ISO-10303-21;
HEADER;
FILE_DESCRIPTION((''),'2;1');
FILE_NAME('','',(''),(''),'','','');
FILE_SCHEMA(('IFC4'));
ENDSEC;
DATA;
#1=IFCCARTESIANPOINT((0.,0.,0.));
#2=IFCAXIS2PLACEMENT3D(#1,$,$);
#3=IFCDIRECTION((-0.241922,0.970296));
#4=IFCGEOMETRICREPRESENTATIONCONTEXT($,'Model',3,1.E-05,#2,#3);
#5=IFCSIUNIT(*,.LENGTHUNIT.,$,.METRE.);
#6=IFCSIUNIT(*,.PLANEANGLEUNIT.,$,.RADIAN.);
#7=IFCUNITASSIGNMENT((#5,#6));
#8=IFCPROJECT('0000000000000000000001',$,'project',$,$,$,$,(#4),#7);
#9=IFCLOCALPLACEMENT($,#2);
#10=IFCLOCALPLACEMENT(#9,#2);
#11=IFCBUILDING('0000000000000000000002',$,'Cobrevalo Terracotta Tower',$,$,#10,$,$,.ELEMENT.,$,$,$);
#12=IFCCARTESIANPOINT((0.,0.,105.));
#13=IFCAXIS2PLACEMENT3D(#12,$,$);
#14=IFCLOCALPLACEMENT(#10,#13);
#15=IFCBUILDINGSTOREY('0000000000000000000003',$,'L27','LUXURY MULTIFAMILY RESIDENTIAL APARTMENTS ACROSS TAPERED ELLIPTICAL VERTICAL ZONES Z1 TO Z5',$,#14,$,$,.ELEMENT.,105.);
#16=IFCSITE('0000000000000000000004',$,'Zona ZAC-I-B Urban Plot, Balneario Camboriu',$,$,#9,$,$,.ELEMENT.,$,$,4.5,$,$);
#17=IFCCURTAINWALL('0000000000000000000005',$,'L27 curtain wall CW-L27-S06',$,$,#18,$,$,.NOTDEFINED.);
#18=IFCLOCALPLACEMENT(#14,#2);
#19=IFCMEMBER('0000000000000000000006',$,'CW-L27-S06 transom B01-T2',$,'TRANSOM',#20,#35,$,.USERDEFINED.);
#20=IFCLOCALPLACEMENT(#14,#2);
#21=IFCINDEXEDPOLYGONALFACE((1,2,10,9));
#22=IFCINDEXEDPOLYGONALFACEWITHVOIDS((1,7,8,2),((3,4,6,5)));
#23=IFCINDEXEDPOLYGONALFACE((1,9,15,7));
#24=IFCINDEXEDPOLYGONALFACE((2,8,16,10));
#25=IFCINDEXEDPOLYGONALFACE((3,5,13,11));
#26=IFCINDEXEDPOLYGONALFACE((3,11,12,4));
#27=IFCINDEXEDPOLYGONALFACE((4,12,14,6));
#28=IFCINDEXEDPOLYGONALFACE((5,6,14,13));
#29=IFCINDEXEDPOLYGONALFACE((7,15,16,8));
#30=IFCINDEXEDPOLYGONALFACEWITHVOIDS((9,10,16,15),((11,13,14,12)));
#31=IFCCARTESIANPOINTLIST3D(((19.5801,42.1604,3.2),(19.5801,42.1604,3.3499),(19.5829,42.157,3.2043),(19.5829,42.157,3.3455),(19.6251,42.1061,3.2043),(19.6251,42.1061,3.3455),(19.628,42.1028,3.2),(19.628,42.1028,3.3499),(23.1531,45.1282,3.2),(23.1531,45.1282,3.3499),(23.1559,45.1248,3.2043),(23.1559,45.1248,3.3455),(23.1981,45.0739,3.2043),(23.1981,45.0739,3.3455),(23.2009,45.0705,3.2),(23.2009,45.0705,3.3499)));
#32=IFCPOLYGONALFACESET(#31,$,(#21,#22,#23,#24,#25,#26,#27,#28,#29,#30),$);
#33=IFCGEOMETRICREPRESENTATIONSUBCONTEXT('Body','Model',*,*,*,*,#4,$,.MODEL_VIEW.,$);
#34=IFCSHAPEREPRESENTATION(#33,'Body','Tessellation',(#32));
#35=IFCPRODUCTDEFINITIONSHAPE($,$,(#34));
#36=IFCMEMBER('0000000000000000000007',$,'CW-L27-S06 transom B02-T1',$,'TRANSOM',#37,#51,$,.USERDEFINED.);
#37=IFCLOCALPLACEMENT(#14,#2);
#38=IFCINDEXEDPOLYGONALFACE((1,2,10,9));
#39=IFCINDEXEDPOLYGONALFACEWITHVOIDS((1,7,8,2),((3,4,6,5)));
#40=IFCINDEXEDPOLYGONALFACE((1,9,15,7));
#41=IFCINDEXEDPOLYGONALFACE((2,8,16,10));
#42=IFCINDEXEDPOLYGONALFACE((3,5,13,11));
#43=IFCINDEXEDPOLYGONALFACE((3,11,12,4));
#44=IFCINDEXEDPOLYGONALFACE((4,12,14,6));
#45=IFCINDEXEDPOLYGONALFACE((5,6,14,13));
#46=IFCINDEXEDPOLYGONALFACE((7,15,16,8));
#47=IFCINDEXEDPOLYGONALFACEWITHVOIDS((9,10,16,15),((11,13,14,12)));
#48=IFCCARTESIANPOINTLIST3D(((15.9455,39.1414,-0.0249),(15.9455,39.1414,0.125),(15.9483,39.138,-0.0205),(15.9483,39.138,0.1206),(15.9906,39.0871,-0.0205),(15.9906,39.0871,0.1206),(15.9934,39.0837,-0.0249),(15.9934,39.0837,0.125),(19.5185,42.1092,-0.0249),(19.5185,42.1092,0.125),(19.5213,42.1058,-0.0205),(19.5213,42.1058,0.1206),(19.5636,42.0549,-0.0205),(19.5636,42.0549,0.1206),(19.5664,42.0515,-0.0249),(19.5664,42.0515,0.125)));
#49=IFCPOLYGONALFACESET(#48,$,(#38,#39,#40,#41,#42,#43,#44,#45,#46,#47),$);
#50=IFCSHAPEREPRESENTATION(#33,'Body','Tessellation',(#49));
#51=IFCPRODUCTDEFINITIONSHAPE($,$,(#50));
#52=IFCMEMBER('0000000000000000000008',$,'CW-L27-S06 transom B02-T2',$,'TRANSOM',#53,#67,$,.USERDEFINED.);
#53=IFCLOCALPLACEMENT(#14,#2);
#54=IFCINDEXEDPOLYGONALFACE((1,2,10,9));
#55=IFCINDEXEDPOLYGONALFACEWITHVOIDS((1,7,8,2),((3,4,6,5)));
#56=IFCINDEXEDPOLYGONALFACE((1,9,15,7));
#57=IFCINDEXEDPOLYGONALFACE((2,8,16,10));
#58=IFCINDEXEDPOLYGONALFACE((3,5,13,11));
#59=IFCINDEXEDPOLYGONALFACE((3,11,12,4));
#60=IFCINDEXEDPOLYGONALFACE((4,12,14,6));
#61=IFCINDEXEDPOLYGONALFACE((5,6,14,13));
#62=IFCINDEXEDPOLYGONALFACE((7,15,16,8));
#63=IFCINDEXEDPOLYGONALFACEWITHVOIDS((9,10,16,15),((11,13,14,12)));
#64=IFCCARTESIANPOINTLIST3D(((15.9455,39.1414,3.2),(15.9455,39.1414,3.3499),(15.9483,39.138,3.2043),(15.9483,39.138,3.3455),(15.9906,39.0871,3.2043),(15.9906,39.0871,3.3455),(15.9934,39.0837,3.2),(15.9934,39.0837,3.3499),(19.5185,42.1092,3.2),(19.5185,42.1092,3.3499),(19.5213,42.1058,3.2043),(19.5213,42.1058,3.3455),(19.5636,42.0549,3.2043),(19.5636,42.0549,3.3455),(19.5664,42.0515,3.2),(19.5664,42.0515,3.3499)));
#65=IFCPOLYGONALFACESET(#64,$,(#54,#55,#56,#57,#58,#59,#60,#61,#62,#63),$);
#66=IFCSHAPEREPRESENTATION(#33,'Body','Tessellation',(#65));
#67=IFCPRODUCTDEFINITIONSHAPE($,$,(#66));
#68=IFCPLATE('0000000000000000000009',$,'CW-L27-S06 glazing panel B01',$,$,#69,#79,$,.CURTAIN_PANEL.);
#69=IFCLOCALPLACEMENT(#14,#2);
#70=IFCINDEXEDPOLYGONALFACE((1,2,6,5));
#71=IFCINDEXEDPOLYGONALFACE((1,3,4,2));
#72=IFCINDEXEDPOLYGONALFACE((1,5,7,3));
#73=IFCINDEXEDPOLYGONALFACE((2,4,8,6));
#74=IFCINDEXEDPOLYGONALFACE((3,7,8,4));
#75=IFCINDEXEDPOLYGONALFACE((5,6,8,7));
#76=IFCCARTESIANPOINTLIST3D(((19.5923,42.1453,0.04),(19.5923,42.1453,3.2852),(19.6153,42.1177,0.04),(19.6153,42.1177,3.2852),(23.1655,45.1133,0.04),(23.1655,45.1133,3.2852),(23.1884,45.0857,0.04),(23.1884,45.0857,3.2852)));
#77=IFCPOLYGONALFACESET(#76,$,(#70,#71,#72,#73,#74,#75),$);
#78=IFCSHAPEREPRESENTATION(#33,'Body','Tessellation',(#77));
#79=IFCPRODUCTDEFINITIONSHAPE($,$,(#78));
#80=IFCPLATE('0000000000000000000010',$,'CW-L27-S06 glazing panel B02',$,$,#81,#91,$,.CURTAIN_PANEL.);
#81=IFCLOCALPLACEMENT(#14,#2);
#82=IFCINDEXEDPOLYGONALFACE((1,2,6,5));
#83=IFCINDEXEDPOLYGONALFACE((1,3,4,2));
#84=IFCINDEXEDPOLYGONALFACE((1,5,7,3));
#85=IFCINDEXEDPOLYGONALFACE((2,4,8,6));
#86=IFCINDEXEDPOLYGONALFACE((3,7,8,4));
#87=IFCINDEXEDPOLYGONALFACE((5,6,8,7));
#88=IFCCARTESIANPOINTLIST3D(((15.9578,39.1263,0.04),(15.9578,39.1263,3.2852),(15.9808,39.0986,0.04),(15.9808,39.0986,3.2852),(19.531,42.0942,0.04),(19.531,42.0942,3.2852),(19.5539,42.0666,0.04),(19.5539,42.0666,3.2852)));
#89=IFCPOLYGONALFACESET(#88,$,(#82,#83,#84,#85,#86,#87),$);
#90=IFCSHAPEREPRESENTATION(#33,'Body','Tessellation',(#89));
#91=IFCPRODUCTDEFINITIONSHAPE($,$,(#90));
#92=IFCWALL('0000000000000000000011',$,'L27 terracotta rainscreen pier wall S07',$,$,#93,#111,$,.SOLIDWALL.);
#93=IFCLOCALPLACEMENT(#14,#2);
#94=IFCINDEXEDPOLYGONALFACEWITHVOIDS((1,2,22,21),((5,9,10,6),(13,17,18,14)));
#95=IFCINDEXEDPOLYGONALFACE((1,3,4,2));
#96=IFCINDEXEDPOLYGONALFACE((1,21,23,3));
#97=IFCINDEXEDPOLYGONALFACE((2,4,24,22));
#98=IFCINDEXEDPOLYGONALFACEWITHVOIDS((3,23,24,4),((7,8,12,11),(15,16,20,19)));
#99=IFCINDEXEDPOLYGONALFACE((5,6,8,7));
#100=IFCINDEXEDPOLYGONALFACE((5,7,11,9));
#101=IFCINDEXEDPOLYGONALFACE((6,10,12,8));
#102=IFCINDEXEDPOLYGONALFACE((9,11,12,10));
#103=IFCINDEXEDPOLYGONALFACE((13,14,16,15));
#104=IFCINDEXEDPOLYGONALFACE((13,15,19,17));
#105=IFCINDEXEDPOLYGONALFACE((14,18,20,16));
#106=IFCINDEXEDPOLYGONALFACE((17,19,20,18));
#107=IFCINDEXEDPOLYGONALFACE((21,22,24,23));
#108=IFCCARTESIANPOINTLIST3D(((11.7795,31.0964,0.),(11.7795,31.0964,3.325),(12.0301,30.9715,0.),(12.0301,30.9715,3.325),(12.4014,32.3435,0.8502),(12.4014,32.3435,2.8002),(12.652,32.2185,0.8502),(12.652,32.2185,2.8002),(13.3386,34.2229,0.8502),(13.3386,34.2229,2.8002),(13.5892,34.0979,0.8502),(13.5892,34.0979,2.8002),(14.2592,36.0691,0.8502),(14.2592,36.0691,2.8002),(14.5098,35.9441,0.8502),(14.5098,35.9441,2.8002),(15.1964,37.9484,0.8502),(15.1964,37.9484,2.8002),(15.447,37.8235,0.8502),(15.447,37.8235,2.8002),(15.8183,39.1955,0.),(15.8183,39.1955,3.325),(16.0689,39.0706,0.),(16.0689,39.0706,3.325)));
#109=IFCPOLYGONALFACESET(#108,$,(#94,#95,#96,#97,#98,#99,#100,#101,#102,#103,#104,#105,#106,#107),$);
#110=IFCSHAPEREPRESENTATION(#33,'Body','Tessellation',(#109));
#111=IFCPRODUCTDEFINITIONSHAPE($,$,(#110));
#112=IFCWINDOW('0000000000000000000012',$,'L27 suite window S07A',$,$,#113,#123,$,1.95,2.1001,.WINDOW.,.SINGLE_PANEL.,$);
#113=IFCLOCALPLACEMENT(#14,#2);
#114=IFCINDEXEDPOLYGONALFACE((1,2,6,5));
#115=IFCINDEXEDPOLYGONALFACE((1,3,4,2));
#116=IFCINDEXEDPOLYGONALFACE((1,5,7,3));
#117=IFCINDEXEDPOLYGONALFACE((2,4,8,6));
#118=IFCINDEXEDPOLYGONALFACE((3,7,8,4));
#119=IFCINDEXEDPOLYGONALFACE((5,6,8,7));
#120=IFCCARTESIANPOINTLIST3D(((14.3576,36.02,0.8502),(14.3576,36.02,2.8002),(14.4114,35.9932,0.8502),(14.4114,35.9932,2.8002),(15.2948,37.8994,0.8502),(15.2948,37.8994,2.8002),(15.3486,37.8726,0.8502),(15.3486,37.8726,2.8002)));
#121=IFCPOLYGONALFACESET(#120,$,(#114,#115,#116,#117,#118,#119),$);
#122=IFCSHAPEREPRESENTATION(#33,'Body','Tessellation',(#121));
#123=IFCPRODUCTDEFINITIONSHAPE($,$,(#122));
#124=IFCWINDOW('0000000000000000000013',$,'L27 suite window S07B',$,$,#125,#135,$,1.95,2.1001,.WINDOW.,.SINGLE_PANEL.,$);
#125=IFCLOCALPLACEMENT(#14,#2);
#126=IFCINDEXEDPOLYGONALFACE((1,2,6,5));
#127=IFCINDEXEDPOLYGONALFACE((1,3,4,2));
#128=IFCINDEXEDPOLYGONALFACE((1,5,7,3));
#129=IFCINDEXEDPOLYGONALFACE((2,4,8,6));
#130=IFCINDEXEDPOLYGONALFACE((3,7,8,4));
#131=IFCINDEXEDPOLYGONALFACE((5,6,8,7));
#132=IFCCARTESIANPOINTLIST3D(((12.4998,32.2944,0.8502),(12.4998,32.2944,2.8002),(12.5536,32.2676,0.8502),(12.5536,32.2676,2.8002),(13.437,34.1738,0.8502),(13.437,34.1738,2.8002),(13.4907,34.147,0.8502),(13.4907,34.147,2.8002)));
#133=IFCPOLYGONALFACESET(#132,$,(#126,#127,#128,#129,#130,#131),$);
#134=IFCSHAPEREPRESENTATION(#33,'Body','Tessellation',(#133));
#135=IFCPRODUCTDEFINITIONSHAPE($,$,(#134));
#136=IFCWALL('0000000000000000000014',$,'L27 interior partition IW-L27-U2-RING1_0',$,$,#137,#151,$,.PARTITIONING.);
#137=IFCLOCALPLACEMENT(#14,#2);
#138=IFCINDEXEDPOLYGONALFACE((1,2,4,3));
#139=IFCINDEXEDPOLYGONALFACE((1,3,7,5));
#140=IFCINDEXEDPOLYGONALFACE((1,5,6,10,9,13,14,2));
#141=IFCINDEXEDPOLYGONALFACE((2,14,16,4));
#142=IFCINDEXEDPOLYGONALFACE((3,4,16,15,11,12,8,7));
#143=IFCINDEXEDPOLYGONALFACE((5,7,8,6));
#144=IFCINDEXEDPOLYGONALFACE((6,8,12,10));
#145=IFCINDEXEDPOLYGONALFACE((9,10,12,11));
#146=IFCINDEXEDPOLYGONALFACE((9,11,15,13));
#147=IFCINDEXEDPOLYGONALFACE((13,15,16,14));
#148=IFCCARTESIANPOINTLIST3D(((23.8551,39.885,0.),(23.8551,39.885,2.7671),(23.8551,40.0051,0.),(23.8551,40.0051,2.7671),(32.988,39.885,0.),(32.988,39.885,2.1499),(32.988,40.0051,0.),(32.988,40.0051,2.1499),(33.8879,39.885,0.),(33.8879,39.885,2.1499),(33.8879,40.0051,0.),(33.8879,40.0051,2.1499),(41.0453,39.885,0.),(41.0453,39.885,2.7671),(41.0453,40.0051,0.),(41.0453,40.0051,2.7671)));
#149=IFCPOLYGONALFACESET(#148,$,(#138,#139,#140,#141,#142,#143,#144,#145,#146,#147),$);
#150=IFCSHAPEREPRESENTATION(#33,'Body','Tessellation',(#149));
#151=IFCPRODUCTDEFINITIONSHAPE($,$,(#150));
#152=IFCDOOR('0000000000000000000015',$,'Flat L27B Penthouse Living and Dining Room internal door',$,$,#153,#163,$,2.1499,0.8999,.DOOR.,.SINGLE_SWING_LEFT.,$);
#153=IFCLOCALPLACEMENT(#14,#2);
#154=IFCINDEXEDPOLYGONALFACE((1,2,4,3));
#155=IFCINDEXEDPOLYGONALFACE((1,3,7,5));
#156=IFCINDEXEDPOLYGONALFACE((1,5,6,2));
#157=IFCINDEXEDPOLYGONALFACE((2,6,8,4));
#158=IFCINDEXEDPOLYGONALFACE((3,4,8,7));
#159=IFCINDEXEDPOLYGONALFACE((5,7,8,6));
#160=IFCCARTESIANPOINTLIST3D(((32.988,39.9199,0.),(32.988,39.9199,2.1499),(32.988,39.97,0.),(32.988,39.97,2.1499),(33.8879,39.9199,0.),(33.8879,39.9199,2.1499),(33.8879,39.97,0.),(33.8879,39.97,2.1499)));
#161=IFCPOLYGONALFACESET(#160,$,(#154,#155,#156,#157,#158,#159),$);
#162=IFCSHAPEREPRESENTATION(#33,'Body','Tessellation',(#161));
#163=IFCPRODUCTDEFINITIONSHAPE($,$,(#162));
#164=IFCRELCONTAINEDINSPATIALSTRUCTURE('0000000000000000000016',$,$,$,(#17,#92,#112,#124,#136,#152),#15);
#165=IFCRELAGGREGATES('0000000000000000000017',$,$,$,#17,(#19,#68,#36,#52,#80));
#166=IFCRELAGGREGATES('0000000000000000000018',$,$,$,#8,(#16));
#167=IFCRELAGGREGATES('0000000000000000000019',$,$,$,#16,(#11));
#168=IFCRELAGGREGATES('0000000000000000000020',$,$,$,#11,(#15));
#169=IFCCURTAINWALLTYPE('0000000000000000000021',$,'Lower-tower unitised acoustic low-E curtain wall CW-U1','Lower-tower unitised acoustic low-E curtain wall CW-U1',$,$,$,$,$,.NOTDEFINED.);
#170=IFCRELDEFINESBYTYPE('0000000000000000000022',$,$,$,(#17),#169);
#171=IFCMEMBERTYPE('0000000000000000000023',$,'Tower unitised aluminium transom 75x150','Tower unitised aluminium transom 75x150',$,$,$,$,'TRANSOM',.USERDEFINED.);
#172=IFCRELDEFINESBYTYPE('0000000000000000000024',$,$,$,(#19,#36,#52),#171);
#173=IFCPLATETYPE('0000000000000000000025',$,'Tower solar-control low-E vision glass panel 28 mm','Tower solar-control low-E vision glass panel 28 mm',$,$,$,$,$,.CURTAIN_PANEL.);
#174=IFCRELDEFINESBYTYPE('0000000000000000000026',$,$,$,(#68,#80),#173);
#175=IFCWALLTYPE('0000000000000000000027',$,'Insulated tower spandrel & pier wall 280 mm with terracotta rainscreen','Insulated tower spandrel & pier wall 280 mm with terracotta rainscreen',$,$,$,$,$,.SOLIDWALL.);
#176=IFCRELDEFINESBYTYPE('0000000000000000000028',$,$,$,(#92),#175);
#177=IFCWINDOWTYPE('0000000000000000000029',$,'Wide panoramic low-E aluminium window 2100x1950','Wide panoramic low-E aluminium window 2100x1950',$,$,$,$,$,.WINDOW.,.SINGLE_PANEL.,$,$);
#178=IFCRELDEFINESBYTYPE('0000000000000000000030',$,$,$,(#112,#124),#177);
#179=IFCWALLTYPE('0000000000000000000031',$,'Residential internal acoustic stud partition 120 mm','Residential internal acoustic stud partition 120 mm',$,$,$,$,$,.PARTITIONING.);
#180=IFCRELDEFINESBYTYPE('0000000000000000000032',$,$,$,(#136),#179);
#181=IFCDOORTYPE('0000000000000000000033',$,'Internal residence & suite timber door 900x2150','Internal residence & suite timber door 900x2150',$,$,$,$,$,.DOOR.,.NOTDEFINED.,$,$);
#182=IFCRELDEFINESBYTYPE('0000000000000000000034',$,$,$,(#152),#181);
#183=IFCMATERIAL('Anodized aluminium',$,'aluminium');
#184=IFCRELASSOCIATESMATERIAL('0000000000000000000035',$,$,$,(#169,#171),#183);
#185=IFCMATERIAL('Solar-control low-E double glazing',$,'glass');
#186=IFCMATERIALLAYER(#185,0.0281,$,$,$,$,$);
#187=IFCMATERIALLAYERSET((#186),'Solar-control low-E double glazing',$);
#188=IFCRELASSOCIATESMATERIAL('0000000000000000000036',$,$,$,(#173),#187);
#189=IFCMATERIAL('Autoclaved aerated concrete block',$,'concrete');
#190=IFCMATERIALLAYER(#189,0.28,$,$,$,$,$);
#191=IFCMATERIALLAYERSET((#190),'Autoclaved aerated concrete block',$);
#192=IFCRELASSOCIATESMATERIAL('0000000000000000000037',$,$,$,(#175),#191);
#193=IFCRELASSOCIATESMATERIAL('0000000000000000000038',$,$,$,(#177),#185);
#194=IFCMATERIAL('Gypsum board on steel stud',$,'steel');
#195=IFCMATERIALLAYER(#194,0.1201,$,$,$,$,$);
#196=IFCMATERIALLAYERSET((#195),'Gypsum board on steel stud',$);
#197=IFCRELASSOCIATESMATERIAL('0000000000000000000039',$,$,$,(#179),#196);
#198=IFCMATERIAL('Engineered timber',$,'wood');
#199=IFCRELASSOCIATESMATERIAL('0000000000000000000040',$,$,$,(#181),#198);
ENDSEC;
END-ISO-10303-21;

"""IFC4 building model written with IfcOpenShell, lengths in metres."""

from ifc_helpers import new_model, si_unit, direction, frame, frame_2d, origin, origin_2d, place, context, subcontext, project, spatial, rectangle, hollow_rectangle, extrude, source, transform, mapped, material, layer, layer_set, material_profile, profile_set, type_object, element, fill, aggregate, save


model = new_model("IFC4")

# Units and contexts
model_context = context("Model", 3, precision=1e-05, world=origin(), true_north=direction((-0.241922, 0.970296)))
body_context = subcontext(model_context, "Body", "Model", "MODEL_VIEW")
ifc_project = project(units=[si_unit("LENGTHUNIT", "METRE"), si_unit("PLANEANGLEUNIT", "RADIAN")], contexts=[model_context])

# Site, building, storey
site_placement = place(None, origin())
site = spatial("IfcSite", under=ifc_project, at=site_placement, Name="Zona ZAC-I-B Urban Plot, Balneario Camboriu", CompositionType="ELEMENT", RefElevation=4.5)
building_placement = place(site_placement, origin())
building = spatial("IfcBuilding", under=site, at=building_placement, Name="Cobrevalo Terracotta Tower", CompositionType="ELEMENT")
storey_placement = place(building_placement, frame((0.0, 0.0, 105.0)))
storey = spatial("IfcBuildingStorey", under=building, at=storey_placement, Name="L27", Description="LUXURY MULTIFAMILY RESIDENTIAL APARTMENTS ACROSS TAPERED ELLIPTICAL VERTICAL ZONES Z1 TO Z5", CompositionType="ELEMENT", Elevation=105.0)

# Shared definitions
ifc_material_1 = material(Name="Anodized aluminium", Category="aluminium")
curtain_wall_type = type_object("IfcCurtainWallType", Name="Lower-tower unitised acoustic low-E curtain wall CW-U1", Description="Lower-tower unitised acoustic low-E curtain wall CW-U1", PredefinedType="NOTDEFINED", material=ifc_material_1)

# Curtain wall, members, plates
curtain_wall_1_placement = place(storey_placement, origin())
curtain_wall_1 = element("IfcCurtainWall", 1, at=curtain_wall_1_placement, inside=storey, type_object=curtain_wall_type, Name="L27 curtain wall CW-L27-S06", PredefinedType="NOTDEFINED")
ifc_material_profile_1 = material_profile(ifc_material_1, hollow_rectangle(XDim=0.075, YDim=0.1499, WallThickness=0.0044, at=origin_2d()), Name="CWT 75x150")
ifc_profile_set_1 = profile_set([ifc_material_profile_1], Name="Anodized aluminium")
member_type_1 = type_object("IfcMemberType", Name="Tower unitised aluminium transom 75x150", Description="Tower unitised aluminium transom 75x150", ElementType="TRANSOM", PredefinedType="USERDEFINED", material=ifc_profile_set_1)
shared_shape_1 = source(origin(), body_context, "Body", "SweptSolid", [
    extrude(hollow_rectangle(XDim=0.075, YDim=0.1499, WallThickness=0.0044, at=origin_2d()), origin(), (0.0, 0.0, 1.0), 4.6448),
])
member_1_placement = place(storey_placement, frame((23.177, 45.0994, 3.2749), z_axis=(-0.76925, -0.638948, 0.0), x_axis=(0.638948, -0.76925, 0.0)))
member_1 = element("IfcMember", 2, at=member_1_placement, type_object=member_type_1, Name="CW-L27-S06 transom B01-T2", ObjectType="TRANSOM", PredefinedType="USERDEFINED", context=body_context, shape_type="MappedRepresentation", body=[
    mapped(shared_shape_1, transform((0.0, 0.0, 0.0), scale=1.0)),
])
member_2_placement = place(storey_placement, frame((19.5425, 42.0803, 0.05), z_axis=(-0.76925, -0.638948, 0.0), x_axis=(0.638948, -0.76925, 0.0)))
member_2 = element("IfcMember", 3, at=member_2_placement, type_object=member_type_1, Name="CW-L27-S06 transom B02-T1", ObjectType="TRANSOM", PredefinedType="USERDEFINED", context=body_context, shape_type="MappedRepresentation", body=[
    mapped(shared_shape_1, transform((0.0, 0.0, 0.0), scale=1.0)),
])
member_3_placement = place(storey_placement, frame((19.5425, 42.0803, 3.2749), z_axis=(-0.76925, -0.638948, 0.0), x_axis=(0.638948, -0.76925, 0.0)))
member_3 = element("IfcMember", 4, at=member_3_placement, type_object=member_type_1, Name="CW-L27-S06 transom B02-T2", ObjectType="TRANSOM", PredefinedType="USERDEFINED", context=body_context, shape_type="MappedRepresentation", body=[
    mapped(shared_shape_1, transform((0.0, 0.0, 0.0), scale=1.0)),
])
ifc_material_2 = material(Name="Solar-control low-E double glazing", Category="glass")
ifc_layer_1 = layer(ifc_material_2, 0.0281)
ifc_layer_set_1 = layer_set([ifc_layer_1], Name="Solar-control low-E double glazing")
plate_type = type_object("IfcPlateType", Name="Tower solar-control low-E vision glass panel 28 mm", Description="Tower solar-control low-E vision glass panel 28 mm", PredefinedType="CURTAIN_PANEL", material=ifc_layer_set_1)
shared_shape_2 = source(origin(), body_context, "Body", "SweptSolid", [
    extrude(rectangle(XDim=4.645, YDim=0.0359, at=origin_2d()), origin(), (0.0, 0.0, 1.0), 3.2451),
])
plate_1_placement = place(storey_placement, frame((21.3904, 43.6155, 0.04), z_axis=(0.0, 0.0, 1.0), x_axis=(-0.769241, -0.638958, 0.0)))
plate_1 = element("IfcPlate", 5, at=plate_1_placement, type_object=plate_type, Name="CW-L27-S06 glazing panel B01", PredefinedType="CURTAIN_PANEL", context=body_context, shape_type="MappedRepresentation", body=[
    mapped(shared_shape_2, transform((0.0, 0.0, 0.0), scale=1.0)),
])
plate_2_placement = place(storey_placement, frame((17.7559, 40.5964, 0.04), z_axis=(0.0, 0.0, 1.0), x_axis=(-0.769241, -0.638958, 0.0)))
plate_2 = element("IfcPlate", 6, at=plate_2_placement, type_object=plate_type, Name="CW-L27-S06 glazing panel B02", PredefinedType="CURTAIN_PANEL", context=body_context, shape_type="MappedRepresentation", body=[
    mapped(shared_shape_2, transform((0.0, 0.0, 0.0), scale=1.0)),
])
aggregate(curtain_wall_1, [member_1, plate_1, member_2, member_3, plate_2])

# Wall, openings, windows
ifc_material_3 = material(Name="Autoclaved aerated concrete block", Category="concrete")
ifc_layer_2 = layer(ifc_material_3, 0.28)
ifc_layer_set_2 = layer_set([ifc_layer_2], Name="Autoclaved aerated concrete block")
wall_type_1 = type_object("IfcWallType", Name="Insulated tower spandrel & pier wall 280 mm with terracotta rainscreen", Description="Insulated tower spandrel & pier wall 280 mm with terracotta rainscreen", PredefinedType="SOLIDWALL", material=ifc_layer_set_2)
wall_1_placement = place(storey_placement, frame((15.9436, 39.1331, 0.0), z_axis=(0.0, 0.0, 1.0), x_axis=(-0.446264, -0.894901, 0.0)))
wall_1 = element("IfcWall", 7, at=wall_1_placement, inside=storey, type_object=wall_type_1, Name="L27 terracotta rainscreen pier wall S07", PredefinedType="SOLIDWALL", context=body_context, shape_type="SweptSolid", body=[
    extrude(rectangle(XDim=9.0503, YDim=0.28, at=frame_2d((4.5251, 0.0))), origin(), (0.0, 0.0, 1.0), 3.325),
])
opening_1_placement = place(wall_1_placement, frame((1.3936, 0.0, 0.8501)))
opening_1 = element("IfcOpeningElement", 8, at=opening_1_placement, cuts=wall_1, PredefinedType="OPENING", context=body_context, shape_type="SweptSolid", body=[
    extrude(rectangle(XDim=2.1001, YDim=1.95, at=frame_2d((1.05, 0.9751))), frame((0.0, 0.1499, 0.0), z_axis=(0.0, -1.0, 0.0), x_axis=(1.0, 0.0, 0.0)), (0.0, 0.0, 1.0), 0.3),
])
opening_2_placement = place(wall_1_placement, frame((5.5566, 0.0, 0.8501)))
opening_2 = element("IfcOpeningElement", 9, at=opening_2_placement, cuts=wall_1, PredefinedType="OPENING", context=body_context, shape_type="SweptSolid", body=[
    extrude(rectangle(XDim=2.1001, YDim=1.95, at=frame_2d((1.05, 0.9751))), frame((0.0, 0.1499, 0.0), z_axis=(0.0, -1.0, 0.0), x_axis=(1.0, 0.0, 0.0)), (0.0, 0.0, 1.0), 0.3),
])
window_type = type_object("IfcWindowType", Name="Wide panoramic low-E aluminium window 2100x1950", Description="Wide panoramic low-E aluminium window 2100x1950", PartitioningType="SINGLE_PANEL", PredefinedType="WINDOW", material=ifc_material_2)
shared_shape_3 = source(origin(), body_context, "Body", "SweptSolid", [
    extrude(rectangle(XDim=2.1001, YDim=1.95, at=frame_2d((1.05, 0.9751))), frame((0.0, 0.03, 0.0), z_axis=(0.0, -1.0, 0.0), x_axis=(1.0, 0.0, 0.0)), (0.0, 0.0, 1.0), 0.0601),
])
window_1_placement = place(opening_1_placement, origin())
window_1 = element("IfcWindow", 10, at=window_1_placement, inside=storey, type_object=window_type, Name="L27 suite window S07A", OverallHeight=1.95, OverallWidth=2.1001, PartitioningType="SINGLE_PANEL", PredefinedType="WINDOW", context=body_context, shape_type="MappedRepresentation", body=[
    mapped(shared_shape_3, transform((0.0, 0.0, 0.0), scale=1.0)),
])
fill(opening_1, window_1)
window_2_placement = place(opening_2_placement, origin())
window_2 = element("IfcWindow", 11, at=window_2_placement, inside=storey, type_object=window_type, Name="L27 suite window S07B", OverallHeight=1.95, OverallWidth=2.1001, PartitioningType="SINGLE_PANEL", PredefinedType="WINDOW", context=body_context, shape_type="MappedRepresentation", body=[
    mapped(shared_shape_3, transform((0.0, 0.0, 0.0), scale=1.0)),
])
fill(opening_2, window_2)

# Wall, opening, door
ifc_material_4 = material(Name="Gypsum board on steel stud", Category="steel")
ifc_layer_3 = layer(ifc_material_4, 0.1201)
ifc_layer_set_3 = layer_set([ifc_layer_3], Name="Gypsum board on steel stud")
wall_type_2 = type_object("IfcWallType", Name="Residential internal acoustic stud partition 120 mm", Description="Residential internal acoustic stud partition 120 mm", PredefinedType="PARTITIONING", material=ifc_layer_set_3)
wall_2_placement = place(storey_placement, frame((23.855, 39.9451, 0.0), z_axis=(0.0, 0.0, 1.0), x_axis=(1.0, 0.0, 0.0)))
wall_2 = element("IfcWall", 12, at=wall_2_placement, inside=storey, type_object=wall_type_2, Name="L27 interior partition IW-L27-U2-RING1_0", PredefinedType="PARTITIONING", context=body_context, shape_type="SweptSolid", body=[
    extrude(rectangle(XDim=17.1902, YDim=0.1201, at=frame_2d((8.5952, 0.0))), origin(), (0.0, 0.0, 1.0), 2.7671),
])
opening_3_placement = place(wall_2_placement, frame((9.1331, 0.0, 0.0)))
opening_3 = element("IfcOpeningElement", 13, at=opening_3_placement, cuts=wall_2, PredefinedType="OPENING", context=body_context, shape_type="SweptSolid", body=[
    extrude(rectangle(XDim=0.8999, YDim=2.1499, at=frame_2d((0.45, 1.075))), frame((0.0, 0.0701, 0.0), z_axis=(0.0, -1.0, 0.0), x_axis=(1.0, 0.0, 0.0)), (0.0, 0.0, 1.0), 0.1401),
])
ifc_material_5 = material(Name="Engineered timber", Category="wood")
door_type = type_object("IfcDoorType", Name="Internal residence & suite timber door 900x2150", Description="Internal residence & suite timber door 900x2150", OperationType="NOTDEFINED", PredefinedType="DOOR", material=ifc_material_5)
shared_shape_4 = source(origin(), body_context, "Body", "SweptSolid", [
    extrude(rectangle(XDim=0.8999, YDim=2.1499, at=frame_2d((0.45, 1.075))), frame((0.0, 0.0249, 0.0), z_axis=(0.0, -1.0, 0.0), x_axis=(1.0, 0.0, 0.0)), (0.0, 0.0, 1.0), 0.05),
])
door_placement = place(opening_3_placement, origin())
door = element("IfcDoor", 14, at=door_placement, inside=storey, type_object=door_type, Name="Flat L27B Penthouse Living and Dining Room internal door", OperationType="SINGLE_SWING_LEFT", OverallHeight=2.1499, OverallWidth=0.8999, PredefinedType="DOOR", context=body_context, shape_type="MappedRepresentation", body=[
    mapped(shared_shape_4, transform((0.0, 0.0, 0.0), scale=1.0)),
])
fill(opening_3, door)

save(model, "model.ifc")
